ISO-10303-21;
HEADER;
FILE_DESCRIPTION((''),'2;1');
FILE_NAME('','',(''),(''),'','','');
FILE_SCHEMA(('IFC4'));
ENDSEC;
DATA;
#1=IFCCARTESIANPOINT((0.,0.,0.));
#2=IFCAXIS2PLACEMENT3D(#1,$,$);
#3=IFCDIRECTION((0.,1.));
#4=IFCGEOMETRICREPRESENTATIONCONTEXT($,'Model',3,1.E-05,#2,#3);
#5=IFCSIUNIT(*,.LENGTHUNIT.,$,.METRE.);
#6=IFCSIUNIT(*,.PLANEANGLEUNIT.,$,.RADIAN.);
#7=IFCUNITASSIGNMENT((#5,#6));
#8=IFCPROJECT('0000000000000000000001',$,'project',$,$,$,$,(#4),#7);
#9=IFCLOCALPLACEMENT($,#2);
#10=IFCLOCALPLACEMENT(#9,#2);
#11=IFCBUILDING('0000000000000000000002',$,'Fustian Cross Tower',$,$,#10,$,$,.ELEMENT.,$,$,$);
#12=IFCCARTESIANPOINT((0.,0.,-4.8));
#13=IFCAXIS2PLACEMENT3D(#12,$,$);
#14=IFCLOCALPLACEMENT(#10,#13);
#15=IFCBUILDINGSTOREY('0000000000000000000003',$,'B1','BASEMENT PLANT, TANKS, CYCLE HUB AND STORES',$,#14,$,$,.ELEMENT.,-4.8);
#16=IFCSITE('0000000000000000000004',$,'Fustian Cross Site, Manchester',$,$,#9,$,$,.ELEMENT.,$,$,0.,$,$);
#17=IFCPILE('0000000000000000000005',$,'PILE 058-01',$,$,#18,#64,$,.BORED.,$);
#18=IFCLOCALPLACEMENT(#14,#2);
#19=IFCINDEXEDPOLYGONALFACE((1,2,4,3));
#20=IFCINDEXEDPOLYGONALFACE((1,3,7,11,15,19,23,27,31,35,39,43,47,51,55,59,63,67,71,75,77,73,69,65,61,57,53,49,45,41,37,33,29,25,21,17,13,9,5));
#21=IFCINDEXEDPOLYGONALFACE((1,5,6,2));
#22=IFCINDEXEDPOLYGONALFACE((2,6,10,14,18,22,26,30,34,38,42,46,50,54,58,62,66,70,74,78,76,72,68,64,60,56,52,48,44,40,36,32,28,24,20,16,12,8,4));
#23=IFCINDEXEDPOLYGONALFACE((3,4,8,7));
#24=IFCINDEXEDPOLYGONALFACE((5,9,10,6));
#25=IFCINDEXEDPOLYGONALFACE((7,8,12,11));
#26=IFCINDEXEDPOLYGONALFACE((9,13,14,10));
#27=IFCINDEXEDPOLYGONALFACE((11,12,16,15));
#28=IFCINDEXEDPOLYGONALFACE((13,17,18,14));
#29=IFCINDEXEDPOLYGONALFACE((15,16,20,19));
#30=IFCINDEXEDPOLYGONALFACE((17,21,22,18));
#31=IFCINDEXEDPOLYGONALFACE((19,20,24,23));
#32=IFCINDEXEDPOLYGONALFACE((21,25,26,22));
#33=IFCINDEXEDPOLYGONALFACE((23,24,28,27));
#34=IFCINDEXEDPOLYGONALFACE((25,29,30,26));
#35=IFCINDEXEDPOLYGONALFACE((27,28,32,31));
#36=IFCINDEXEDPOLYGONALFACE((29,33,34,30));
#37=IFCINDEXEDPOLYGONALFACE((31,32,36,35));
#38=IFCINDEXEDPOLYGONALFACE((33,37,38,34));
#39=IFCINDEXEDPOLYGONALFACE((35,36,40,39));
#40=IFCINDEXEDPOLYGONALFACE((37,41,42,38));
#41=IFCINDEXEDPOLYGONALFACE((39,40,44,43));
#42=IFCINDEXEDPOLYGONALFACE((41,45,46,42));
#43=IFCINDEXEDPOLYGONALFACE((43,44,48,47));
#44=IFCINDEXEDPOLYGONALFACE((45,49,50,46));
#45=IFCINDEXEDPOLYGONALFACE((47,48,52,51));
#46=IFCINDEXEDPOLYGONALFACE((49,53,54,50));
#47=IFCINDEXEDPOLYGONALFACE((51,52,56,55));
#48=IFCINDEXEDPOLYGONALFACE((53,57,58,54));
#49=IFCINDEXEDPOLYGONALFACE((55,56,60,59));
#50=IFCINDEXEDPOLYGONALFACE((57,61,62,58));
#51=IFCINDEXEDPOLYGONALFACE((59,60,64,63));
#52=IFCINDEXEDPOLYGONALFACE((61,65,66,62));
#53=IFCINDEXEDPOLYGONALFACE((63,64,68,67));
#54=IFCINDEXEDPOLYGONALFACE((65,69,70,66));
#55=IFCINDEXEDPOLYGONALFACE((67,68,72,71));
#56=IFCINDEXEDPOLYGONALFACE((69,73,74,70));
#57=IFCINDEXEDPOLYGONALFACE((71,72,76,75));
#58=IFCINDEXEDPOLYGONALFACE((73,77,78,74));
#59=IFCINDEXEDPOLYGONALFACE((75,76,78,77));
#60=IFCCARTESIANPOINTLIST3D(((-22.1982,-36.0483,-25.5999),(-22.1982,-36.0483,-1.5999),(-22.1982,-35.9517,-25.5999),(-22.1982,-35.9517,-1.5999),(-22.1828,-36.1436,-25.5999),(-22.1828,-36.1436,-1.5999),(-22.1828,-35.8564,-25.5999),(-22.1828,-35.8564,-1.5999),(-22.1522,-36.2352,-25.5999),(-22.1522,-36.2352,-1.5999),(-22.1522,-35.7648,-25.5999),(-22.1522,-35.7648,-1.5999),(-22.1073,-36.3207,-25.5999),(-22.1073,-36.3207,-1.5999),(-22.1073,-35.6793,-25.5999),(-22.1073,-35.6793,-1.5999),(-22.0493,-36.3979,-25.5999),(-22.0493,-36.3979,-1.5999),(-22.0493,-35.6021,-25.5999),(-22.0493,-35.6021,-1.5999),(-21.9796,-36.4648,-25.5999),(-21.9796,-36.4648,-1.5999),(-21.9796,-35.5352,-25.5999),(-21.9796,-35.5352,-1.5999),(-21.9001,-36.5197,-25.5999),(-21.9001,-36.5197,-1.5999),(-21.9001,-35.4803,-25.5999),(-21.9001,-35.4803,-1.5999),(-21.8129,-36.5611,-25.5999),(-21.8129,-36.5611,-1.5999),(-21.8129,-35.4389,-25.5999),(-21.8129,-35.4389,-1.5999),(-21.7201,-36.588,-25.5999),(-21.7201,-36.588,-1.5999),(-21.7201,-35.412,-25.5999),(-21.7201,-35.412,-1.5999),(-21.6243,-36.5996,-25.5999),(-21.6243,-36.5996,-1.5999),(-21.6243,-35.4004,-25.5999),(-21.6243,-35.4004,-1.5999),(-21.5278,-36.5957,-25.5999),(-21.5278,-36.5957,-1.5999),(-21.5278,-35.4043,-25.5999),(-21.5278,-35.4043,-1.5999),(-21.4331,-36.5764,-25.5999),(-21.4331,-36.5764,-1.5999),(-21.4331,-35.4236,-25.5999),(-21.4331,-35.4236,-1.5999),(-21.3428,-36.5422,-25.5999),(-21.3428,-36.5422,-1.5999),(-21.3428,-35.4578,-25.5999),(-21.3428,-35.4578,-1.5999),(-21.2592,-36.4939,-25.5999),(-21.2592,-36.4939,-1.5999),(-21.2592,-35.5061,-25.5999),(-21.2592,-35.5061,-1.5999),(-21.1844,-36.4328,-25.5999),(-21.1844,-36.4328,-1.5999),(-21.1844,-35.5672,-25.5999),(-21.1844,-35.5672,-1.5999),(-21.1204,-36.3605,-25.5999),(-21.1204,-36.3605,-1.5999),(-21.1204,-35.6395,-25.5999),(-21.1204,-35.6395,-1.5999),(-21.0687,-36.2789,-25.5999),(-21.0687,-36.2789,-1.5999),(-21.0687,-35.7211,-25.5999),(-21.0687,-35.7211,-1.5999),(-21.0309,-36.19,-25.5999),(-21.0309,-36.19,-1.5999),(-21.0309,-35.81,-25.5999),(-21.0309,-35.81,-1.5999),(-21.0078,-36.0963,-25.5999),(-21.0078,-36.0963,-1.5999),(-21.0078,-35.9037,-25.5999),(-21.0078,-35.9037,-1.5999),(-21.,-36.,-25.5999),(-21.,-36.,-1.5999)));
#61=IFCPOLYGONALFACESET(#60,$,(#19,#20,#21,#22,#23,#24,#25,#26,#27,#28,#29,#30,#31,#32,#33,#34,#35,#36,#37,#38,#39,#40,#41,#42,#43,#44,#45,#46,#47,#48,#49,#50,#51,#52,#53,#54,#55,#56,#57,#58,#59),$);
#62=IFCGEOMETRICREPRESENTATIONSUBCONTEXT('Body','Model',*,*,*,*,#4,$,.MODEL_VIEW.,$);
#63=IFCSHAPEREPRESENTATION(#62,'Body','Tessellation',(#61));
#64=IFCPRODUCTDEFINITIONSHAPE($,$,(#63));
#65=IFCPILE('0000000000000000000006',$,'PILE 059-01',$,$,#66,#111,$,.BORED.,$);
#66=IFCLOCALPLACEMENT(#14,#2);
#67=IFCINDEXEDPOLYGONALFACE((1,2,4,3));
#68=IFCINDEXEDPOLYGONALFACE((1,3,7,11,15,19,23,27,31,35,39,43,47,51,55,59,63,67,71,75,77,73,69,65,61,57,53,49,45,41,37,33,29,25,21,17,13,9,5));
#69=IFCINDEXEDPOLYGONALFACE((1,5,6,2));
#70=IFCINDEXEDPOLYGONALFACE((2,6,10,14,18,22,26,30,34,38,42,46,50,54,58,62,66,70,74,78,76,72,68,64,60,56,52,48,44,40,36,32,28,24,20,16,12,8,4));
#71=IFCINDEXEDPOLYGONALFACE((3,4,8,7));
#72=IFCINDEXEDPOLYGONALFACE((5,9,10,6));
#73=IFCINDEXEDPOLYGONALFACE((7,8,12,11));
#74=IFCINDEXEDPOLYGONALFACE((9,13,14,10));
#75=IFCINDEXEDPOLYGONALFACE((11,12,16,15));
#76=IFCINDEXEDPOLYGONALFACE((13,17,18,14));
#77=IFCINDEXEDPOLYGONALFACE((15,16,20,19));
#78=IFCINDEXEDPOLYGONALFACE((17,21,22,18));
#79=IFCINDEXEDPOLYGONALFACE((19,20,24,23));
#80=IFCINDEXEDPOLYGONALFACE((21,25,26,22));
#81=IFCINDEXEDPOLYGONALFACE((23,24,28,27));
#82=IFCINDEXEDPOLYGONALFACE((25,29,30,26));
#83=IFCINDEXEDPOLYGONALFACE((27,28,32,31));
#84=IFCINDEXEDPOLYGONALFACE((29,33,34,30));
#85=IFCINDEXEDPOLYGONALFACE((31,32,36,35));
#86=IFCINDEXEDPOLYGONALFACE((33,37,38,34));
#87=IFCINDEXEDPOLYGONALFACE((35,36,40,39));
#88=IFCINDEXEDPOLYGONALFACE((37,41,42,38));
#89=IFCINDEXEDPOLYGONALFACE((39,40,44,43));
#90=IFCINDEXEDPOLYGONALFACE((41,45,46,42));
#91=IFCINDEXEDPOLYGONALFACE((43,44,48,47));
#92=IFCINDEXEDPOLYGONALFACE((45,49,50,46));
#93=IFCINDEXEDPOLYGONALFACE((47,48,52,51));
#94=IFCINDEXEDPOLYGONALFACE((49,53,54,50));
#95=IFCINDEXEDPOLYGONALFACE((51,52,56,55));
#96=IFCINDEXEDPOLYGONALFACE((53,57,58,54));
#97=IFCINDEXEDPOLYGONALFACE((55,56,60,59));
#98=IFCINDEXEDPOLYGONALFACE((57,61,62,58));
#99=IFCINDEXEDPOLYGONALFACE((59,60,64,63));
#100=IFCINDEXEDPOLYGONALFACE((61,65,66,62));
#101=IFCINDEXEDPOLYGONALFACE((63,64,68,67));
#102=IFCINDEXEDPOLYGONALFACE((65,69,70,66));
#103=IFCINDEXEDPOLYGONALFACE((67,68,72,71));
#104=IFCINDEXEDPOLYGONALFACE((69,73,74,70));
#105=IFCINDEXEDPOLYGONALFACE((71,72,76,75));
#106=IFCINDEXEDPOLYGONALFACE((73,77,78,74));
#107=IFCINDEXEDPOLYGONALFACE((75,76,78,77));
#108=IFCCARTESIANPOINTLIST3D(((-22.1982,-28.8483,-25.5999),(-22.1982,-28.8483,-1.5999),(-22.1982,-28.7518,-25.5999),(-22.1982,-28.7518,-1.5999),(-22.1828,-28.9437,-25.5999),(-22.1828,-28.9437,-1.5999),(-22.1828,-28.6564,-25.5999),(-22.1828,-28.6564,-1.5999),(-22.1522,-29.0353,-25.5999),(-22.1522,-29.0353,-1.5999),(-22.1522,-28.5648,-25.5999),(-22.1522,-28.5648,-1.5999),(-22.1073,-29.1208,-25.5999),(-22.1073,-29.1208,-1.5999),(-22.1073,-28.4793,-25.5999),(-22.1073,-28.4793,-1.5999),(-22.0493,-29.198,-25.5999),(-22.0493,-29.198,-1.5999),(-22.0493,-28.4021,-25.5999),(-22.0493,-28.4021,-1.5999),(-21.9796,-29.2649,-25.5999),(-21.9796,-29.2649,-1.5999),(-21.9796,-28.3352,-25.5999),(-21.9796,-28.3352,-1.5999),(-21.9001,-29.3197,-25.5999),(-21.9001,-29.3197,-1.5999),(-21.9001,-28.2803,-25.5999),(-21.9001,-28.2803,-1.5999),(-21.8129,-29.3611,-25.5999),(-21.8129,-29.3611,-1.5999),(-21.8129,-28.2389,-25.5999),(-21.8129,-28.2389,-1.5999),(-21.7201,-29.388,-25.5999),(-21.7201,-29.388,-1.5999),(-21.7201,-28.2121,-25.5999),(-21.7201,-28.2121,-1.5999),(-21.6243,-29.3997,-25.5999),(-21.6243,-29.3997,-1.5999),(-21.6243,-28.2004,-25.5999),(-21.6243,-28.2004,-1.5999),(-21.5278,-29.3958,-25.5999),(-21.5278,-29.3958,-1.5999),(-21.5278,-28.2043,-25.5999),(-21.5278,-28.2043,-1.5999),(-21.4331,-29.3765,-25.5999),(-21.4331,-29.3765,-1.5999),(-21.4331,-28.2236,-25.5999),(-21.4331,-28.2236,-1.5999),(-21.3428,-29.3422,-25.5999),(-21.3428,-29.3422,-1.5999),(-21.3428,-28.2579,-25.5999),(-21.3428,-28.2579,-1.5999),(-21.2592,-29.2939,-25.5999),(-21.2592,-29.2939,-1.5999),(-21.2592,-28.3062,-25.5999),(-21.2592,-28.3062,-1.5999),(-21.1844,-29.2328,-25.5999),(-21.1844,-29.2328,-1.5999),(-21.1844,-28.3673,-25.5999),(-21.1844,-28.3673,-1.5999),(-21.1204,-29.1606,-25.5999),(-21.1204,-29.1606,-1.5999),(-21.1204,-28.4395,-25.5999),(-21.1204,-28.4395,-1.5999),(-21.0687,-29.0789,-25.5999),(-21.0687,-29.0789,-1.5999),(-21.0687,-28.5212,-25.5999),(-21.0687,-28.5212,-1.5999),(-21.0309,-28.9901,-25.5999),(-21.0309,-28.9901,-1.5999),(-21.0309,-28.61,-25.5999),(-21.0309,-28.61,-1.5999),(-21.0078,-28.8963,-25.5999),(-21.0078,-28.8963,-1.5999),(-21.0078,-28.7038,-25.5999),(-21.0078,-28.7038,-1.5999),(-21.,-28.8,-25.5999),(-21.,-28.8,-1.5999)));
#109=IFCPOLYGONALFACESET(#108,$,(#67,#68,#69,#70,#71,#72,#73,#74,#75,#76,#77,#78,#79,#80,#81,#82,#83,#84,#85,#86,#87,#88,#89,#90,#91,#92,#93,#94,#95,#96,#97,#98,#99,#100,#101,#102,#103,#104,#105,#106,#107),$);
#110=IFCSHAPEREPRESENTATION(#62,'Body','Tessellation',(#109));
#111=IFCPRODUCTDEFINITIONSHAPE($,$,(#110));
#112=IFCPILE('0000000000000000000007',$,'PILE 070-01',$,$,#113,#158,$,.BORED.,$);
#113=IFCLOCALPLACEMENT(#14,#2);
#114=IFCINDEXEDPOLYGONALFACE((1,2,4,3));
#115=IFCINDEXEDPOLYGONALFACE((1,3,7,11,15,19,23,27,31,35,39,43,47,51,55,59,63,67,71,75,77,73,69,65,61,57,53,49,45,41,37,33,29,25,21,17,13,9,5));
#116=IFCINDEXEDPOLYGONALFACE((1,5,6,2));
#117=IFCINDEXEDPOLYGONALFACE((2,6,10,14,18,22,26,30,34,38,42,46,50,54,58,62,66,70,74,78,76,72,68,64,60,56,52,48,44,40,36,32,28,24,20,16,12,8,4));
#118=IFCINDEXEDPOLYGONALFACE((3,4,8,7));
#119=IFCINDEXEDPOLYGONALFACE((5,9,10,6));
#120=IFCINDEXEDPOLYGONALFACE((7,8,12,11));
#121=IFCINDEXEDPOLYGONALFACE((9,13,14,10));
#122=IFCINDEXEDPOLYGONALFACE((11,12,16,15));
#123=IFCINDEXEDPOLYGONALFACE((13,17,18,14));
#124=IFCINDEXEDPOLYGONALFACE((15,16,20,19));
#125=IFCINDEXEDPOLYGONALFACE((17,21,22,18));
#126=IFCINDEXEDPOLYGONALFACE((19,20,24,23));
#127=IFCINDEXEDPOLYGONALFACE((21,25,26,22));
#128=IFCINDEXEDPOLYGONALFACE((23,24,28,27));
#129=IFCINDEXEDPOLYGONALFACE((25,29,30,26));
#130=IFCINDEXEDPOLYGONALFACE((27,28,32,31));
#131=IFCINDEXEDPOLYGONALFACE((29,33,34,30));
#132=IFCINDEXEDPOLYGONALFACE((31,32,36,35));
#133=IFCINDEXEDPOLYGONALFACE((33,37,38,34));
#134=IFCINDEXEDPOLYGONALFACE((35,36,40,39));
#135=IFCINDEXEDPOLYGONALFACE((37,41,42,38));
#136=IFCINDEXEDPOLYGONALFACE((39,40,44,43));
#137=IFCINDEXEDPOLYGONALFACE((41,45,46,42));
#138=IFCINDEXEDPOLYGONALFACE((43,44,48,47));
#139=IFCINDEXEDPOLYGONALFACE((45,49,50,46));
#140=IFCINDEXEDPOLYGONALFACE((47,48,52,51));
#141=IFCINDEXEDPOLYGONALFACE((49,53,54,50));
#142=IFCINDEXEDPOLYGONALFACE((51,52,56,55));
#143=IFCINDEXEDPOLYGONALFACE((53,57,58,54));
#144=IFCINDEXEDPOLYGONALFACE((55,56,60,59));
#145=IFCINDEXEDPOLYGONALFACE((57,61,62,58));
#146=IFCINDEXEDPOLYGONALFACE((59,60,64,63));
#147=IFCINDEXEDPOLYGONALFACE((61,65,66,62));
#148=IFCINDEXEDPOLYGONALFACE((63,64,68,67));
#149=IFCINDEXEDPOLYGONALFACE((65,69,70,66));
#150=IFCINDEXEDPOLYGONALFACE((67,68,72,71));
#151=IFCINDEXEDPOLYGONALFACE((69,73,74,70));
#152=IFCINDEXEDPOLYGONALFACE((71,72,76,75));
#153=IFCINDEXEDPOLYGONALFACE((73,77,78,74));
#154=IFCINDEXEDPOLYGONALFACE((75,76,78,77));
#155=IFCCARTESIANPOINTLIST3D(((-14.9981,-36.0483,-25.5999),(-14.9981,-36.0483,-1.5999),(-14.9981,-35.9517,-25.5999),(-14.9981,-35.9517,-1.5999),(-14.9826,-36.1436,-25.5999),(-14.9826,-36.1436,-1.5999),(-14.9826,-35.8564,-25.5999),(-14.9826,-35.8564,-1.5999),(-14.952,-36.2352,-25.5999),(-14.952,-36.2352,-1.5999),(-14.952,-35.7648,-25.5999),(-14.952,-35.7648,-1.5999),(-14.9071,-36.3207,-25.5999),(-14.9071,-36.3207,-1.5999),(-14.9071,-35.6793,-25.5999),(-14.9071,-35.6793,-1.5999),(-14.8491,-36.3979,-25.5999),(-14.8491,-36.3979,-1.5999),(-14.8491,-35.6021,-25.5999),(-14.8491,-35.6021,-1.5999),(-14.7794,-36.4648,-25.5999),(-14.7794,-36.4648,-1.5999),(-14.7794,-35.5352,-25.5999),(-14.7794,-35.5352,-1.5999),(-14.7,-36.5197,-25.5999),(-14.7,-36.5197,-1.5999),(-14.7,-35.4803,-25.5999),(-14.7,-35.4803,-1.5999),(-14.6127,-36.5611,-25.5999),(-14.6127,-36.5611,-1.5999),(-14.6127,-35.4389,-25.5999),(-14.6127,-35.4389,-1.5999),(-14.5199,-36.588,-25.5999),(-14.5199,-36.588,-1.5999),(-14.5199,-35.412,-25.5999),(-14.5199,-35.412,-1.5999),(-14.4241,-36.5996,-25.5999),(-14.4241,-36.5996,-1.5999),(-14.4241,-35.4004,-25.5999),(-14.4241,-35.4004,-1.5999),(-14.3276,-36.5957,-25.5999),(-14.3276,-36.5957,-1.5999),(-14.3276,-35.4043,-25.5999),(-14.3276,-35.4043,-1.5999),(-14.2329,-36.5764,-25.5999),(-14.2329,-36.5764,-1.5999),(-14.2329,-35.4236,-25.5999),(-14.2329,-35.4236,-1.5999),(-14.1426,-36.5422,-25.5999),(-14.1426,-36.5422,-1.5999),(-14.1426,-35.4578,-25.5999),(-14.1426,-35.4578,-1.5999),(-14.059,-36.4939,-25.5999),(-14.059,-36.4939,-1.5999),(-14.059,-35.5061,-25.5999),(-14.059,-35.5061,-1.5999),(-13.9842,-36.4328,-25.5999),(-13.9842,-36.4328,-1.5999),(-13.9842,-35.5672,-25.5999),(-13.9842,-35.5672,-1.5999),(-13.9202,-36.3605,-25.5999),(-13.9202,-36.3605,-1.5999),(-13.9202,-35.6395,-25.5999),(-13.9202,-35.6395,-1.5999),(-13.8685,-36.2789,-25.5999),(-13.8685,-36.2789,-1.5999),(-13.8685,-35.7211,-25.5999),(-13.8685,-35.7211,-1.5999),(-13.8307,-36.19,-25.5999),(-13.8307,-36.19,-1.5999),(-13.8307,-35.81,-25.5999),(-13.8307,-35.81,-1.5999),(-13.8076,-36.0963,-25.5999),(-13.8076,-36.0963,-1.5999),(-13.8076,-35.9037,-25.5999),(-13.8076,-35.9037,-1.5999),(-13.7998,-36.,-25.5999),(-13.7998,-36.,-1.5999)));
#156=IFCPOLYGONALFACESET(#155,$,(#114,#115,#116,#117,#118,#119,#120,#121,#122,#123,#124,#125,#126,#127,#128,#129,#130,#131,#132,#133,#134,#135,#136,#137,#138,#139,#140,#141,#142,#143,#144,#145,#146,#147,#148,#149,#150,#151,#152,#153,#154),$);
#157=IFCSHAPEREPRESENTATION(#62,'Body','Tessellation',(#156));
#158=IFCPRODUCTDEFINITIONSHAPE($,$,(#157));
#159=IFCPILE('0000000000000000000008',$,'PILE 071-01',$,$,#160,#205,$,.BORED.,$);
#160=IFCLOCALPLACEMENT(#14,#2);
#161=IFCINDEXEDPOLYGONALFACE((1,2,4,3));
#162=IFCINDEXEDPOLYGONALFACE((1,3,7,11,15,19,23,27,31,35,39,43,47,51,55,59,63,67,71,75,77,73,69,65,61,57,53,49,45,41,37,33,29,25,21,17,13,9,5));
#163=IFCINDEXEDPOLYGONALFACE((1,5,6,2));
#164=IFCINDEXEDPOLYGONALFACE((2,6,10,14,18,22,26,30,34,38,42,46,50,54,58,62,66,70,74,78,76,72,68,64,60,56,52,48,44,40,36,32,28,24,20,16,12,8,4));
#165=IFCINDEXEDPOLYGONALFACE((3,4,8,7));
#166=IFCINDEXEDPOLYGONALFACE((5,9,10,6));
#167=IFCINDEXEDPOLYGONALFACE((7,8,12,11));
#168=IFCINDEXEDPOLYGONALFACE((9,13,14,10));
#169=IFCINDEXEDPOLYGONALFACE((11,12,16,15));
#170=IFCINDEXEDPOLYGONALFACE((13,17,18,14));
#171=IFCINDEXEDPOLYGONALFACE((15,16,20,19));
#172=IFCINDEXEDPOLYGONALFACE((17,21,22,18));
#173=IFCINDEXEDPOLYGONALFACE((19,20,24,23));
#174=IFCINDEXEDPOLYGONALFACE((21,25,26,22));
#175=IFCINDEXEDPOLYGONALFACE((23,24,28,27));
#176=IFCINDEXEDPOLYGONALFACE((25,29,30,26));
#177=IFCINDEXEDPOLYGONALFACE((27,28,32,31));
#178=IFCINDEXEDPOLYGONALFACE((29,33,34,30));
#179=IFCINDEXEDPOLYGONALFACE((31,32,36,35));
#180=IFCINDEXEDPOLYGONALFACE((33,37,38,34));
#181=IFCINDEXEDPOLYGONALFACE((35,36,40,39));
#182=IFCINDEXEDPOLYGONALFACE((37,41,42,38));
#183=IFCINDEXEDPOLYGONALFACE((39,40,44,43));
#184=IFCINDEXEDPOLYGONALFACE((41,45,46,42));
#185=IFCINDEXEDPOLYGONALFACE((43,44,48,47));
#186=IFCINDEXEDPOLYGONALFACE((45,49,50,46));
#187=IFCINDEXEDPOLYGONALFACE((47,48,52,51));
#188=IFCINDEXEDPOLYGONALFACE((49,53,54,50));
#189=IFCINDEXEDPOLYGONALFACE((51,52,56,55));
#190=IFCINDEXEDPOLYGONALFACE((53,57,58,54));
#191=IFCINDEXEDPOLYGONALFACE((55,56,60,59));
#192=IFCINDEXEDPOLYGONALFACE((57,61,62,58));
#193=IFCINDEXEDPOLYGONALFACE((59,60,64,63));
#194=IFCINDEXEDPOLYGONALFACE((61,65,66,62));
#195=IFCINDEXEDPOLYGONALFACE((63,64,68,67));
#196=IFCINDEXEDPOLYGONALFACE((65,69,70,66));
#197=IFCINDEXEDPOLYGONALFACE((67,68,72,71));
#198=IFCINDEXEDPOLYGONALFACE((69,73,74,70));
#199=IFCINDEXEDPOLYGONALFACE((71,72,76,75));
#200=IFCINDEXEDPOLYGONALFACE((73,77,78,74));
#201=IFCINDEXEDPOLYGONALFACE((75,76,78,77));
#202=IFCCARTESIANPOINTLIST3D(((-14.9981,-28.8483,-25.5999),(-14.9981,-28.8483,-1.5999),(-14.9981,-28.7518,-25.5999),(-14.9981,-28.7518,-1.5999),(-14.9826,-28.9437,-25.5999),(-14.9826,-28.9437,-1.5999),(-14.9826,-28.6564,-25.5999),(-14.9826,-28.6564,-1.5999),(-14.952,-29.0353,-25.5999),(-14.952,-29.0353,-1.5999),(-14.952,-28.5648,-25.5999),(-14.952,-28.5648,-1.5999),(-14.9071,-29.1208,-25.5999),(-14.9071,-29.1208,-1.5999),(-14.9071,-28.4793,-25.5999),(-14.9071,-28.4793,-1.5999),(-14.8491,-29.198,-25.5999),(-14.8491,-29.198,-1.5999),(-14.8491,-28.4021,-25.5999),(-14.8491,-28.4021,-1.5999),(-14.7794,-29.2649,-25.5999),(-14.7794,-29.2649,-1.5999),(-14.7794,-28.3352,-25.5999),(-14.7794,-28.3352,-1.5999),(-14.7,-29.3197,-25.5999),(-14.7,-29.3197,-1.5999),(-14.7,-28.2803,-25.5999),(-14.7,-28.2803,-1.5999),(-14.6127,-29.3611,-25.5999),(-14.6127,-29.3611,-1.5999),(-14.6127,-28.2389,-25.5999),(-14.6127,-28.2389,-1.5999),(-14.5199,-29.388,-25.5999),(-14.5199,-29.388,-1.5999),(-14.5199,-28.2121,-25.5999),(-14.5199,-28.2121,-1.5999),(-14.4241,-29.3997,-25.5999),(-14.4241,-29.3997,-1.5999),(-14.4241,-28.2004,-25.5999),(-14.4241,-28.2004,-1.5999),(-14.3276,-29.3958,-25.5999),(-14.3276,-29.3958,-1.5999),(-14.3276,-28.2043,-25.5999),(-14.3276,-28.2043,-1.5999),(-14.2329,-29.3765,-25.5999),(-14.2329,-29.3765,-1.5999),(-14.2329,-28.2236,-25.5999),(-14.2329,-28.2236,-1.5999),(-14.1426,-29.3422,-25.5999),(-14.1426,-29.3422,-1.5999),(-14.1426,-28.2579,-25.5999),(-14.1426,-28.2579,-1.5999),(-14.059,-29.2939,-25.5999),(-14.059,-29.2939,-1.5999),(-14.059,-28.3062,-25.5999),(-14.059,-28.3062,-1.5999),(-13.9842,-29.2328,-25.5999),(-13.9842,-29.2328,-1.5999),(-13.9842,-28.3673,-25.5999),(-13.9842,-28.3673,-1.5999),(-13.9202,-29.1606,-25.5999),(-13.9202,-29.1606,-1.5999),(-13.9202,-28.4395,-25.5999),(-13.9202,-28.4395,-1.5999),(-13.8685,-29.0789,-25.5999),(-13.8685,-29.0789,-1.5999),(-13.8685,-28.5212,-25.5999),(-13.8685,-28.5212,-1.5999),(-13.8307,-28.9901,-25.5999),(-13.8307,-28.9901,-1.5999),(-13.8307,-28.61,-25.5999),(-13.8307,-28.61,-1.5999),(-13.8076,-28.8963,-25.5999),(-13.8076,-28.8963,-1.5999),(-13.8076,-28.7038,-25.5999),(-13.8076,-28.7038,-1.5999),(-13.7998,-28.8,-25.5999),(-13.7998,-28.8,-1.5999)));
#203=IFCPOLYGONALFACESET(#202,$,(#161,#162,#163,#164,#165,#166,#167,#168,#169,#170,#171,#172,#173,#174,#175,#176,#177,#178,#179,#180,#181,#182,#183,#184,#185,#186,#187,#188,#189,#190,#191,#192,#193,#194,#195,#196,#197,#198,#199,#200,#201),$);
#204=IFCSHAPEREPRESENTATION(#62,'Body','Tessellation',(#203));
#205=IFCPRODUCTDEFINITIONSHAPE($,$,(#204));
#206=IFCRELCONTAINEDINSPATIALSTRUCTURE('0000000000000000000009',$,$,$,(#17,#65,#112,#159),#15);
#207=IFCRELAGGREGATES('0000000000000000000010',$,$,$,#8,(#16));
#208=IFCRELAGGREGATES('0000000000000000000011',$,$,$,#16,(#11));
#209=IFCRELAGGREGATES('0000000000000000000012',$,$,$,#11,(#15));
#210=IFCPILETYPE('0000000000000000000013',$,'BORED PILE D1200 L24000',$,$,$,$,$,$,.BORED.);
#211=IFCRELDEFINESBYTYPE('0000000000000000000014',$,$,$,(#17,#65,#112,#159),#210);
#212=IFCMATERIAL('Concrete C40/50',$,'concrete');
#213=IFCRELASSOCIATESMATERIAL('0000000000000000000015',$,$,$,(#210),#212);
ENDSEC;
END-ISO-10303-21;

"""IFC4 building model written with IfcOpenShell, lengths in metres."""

from ifc_helpers import new_model, si_unit, direction, frame, origin, origin_2d, place, context, subcontext, project, spatial, circle, extrude, material, material_profile, profile_set, type_object, element, save


model = new_model("IFC4")

# Units and contexts
model_context = context("Model", 3, precision=1e-05, world=origin(), true_north=direction((0.0, 1.0)))
body_context = subcontext(model_context, "Body", "Model", "MODEL_VIEW")
ifc_project = project(units=[si_unit("LENGTHUNIT", "METRE"), si_unit("PLANEANGLEUNIT", "RADIAN")], contexts=[model_context])

# Site, building, storey
site_placement = place(None, origin())
site = spatial("IfcSite", under=ifc_project, at=site_placement, Name="Fustian Cross Site, Manchester", CompositionType="ELEMENT", RefElevation=0.0)
building_placement = place(site_placement, origin())
building = spatial("IfcBuilding", under=site, at=building_placement, Name="Fustian Cross Tower", CompositionType="ELEMENT")
storey_placement = place(building_placement, frame((0.0, 0.0, -4.8)))
storey = spatial("IfcBuildingStorey", under=building, at=storey_placement, Name="B1", Description="BASEMENT PLANT, TANKS, CYCLE HUB AND STORES", CompositionType="ELEMENT", Elevation=-4.8)

# Piles
ifc_material_1 = material(Name="Concrete C40/50", Category="concrete")
ifc_material_profile_1 = material_profile(ifc_material_1, circle(Radius=0.6001, at=origin_2d()), Name="BORED PILE D1200 L24000")
ifc_profile_set_1 = profile_set([ifc_material_profile_1], Name="Concrete C40/50")
pile_type_1 = type_object("IfcPileType", Name="BORED PILE D1200 L24000", PredefinedType="BORED", material=ifc_profile_set_1)
for number, where, z_axis, x_axis, name in (
    (1, (-21.6001, -36.0, -1.5999), (0.0, 0.0, -1.0), (1.0, 0.0, 0.0), "PILE 058-01"),
    (2, (-21.6001, -28.8, -1.5999), (0.0, 0.0, -1.0), (1.0, 0.0, 0.0), "PILE 059-01"),
    (3, (-14.3999, -36.0, -1.5999), (0.0, 0.0, -1.0), (1.0, 0.0, 0.0), "PILE 070-01"),
    (4, (-14.3999, -28.8, -1.5999), (0.0, 0.0, -1.0), (1.0, 0.0, 0.0), "PILE 071-01"),
):
    element("IfcPile", number, at=place(storey_placement, frame(where, z_axis=z_axis, x_axis=x_axis)), inside=storey, type_object=pile_type_1, Name=name, PredefinedType="BORED", context=body_context, shape_type="SweptSolid", body=[
        extrude(circle(Radius=0.6001, at=origin_2d()), origin(), (0.0, 0.0, 1.0), 24.0),
    ])

save(model, "model.ifc")
